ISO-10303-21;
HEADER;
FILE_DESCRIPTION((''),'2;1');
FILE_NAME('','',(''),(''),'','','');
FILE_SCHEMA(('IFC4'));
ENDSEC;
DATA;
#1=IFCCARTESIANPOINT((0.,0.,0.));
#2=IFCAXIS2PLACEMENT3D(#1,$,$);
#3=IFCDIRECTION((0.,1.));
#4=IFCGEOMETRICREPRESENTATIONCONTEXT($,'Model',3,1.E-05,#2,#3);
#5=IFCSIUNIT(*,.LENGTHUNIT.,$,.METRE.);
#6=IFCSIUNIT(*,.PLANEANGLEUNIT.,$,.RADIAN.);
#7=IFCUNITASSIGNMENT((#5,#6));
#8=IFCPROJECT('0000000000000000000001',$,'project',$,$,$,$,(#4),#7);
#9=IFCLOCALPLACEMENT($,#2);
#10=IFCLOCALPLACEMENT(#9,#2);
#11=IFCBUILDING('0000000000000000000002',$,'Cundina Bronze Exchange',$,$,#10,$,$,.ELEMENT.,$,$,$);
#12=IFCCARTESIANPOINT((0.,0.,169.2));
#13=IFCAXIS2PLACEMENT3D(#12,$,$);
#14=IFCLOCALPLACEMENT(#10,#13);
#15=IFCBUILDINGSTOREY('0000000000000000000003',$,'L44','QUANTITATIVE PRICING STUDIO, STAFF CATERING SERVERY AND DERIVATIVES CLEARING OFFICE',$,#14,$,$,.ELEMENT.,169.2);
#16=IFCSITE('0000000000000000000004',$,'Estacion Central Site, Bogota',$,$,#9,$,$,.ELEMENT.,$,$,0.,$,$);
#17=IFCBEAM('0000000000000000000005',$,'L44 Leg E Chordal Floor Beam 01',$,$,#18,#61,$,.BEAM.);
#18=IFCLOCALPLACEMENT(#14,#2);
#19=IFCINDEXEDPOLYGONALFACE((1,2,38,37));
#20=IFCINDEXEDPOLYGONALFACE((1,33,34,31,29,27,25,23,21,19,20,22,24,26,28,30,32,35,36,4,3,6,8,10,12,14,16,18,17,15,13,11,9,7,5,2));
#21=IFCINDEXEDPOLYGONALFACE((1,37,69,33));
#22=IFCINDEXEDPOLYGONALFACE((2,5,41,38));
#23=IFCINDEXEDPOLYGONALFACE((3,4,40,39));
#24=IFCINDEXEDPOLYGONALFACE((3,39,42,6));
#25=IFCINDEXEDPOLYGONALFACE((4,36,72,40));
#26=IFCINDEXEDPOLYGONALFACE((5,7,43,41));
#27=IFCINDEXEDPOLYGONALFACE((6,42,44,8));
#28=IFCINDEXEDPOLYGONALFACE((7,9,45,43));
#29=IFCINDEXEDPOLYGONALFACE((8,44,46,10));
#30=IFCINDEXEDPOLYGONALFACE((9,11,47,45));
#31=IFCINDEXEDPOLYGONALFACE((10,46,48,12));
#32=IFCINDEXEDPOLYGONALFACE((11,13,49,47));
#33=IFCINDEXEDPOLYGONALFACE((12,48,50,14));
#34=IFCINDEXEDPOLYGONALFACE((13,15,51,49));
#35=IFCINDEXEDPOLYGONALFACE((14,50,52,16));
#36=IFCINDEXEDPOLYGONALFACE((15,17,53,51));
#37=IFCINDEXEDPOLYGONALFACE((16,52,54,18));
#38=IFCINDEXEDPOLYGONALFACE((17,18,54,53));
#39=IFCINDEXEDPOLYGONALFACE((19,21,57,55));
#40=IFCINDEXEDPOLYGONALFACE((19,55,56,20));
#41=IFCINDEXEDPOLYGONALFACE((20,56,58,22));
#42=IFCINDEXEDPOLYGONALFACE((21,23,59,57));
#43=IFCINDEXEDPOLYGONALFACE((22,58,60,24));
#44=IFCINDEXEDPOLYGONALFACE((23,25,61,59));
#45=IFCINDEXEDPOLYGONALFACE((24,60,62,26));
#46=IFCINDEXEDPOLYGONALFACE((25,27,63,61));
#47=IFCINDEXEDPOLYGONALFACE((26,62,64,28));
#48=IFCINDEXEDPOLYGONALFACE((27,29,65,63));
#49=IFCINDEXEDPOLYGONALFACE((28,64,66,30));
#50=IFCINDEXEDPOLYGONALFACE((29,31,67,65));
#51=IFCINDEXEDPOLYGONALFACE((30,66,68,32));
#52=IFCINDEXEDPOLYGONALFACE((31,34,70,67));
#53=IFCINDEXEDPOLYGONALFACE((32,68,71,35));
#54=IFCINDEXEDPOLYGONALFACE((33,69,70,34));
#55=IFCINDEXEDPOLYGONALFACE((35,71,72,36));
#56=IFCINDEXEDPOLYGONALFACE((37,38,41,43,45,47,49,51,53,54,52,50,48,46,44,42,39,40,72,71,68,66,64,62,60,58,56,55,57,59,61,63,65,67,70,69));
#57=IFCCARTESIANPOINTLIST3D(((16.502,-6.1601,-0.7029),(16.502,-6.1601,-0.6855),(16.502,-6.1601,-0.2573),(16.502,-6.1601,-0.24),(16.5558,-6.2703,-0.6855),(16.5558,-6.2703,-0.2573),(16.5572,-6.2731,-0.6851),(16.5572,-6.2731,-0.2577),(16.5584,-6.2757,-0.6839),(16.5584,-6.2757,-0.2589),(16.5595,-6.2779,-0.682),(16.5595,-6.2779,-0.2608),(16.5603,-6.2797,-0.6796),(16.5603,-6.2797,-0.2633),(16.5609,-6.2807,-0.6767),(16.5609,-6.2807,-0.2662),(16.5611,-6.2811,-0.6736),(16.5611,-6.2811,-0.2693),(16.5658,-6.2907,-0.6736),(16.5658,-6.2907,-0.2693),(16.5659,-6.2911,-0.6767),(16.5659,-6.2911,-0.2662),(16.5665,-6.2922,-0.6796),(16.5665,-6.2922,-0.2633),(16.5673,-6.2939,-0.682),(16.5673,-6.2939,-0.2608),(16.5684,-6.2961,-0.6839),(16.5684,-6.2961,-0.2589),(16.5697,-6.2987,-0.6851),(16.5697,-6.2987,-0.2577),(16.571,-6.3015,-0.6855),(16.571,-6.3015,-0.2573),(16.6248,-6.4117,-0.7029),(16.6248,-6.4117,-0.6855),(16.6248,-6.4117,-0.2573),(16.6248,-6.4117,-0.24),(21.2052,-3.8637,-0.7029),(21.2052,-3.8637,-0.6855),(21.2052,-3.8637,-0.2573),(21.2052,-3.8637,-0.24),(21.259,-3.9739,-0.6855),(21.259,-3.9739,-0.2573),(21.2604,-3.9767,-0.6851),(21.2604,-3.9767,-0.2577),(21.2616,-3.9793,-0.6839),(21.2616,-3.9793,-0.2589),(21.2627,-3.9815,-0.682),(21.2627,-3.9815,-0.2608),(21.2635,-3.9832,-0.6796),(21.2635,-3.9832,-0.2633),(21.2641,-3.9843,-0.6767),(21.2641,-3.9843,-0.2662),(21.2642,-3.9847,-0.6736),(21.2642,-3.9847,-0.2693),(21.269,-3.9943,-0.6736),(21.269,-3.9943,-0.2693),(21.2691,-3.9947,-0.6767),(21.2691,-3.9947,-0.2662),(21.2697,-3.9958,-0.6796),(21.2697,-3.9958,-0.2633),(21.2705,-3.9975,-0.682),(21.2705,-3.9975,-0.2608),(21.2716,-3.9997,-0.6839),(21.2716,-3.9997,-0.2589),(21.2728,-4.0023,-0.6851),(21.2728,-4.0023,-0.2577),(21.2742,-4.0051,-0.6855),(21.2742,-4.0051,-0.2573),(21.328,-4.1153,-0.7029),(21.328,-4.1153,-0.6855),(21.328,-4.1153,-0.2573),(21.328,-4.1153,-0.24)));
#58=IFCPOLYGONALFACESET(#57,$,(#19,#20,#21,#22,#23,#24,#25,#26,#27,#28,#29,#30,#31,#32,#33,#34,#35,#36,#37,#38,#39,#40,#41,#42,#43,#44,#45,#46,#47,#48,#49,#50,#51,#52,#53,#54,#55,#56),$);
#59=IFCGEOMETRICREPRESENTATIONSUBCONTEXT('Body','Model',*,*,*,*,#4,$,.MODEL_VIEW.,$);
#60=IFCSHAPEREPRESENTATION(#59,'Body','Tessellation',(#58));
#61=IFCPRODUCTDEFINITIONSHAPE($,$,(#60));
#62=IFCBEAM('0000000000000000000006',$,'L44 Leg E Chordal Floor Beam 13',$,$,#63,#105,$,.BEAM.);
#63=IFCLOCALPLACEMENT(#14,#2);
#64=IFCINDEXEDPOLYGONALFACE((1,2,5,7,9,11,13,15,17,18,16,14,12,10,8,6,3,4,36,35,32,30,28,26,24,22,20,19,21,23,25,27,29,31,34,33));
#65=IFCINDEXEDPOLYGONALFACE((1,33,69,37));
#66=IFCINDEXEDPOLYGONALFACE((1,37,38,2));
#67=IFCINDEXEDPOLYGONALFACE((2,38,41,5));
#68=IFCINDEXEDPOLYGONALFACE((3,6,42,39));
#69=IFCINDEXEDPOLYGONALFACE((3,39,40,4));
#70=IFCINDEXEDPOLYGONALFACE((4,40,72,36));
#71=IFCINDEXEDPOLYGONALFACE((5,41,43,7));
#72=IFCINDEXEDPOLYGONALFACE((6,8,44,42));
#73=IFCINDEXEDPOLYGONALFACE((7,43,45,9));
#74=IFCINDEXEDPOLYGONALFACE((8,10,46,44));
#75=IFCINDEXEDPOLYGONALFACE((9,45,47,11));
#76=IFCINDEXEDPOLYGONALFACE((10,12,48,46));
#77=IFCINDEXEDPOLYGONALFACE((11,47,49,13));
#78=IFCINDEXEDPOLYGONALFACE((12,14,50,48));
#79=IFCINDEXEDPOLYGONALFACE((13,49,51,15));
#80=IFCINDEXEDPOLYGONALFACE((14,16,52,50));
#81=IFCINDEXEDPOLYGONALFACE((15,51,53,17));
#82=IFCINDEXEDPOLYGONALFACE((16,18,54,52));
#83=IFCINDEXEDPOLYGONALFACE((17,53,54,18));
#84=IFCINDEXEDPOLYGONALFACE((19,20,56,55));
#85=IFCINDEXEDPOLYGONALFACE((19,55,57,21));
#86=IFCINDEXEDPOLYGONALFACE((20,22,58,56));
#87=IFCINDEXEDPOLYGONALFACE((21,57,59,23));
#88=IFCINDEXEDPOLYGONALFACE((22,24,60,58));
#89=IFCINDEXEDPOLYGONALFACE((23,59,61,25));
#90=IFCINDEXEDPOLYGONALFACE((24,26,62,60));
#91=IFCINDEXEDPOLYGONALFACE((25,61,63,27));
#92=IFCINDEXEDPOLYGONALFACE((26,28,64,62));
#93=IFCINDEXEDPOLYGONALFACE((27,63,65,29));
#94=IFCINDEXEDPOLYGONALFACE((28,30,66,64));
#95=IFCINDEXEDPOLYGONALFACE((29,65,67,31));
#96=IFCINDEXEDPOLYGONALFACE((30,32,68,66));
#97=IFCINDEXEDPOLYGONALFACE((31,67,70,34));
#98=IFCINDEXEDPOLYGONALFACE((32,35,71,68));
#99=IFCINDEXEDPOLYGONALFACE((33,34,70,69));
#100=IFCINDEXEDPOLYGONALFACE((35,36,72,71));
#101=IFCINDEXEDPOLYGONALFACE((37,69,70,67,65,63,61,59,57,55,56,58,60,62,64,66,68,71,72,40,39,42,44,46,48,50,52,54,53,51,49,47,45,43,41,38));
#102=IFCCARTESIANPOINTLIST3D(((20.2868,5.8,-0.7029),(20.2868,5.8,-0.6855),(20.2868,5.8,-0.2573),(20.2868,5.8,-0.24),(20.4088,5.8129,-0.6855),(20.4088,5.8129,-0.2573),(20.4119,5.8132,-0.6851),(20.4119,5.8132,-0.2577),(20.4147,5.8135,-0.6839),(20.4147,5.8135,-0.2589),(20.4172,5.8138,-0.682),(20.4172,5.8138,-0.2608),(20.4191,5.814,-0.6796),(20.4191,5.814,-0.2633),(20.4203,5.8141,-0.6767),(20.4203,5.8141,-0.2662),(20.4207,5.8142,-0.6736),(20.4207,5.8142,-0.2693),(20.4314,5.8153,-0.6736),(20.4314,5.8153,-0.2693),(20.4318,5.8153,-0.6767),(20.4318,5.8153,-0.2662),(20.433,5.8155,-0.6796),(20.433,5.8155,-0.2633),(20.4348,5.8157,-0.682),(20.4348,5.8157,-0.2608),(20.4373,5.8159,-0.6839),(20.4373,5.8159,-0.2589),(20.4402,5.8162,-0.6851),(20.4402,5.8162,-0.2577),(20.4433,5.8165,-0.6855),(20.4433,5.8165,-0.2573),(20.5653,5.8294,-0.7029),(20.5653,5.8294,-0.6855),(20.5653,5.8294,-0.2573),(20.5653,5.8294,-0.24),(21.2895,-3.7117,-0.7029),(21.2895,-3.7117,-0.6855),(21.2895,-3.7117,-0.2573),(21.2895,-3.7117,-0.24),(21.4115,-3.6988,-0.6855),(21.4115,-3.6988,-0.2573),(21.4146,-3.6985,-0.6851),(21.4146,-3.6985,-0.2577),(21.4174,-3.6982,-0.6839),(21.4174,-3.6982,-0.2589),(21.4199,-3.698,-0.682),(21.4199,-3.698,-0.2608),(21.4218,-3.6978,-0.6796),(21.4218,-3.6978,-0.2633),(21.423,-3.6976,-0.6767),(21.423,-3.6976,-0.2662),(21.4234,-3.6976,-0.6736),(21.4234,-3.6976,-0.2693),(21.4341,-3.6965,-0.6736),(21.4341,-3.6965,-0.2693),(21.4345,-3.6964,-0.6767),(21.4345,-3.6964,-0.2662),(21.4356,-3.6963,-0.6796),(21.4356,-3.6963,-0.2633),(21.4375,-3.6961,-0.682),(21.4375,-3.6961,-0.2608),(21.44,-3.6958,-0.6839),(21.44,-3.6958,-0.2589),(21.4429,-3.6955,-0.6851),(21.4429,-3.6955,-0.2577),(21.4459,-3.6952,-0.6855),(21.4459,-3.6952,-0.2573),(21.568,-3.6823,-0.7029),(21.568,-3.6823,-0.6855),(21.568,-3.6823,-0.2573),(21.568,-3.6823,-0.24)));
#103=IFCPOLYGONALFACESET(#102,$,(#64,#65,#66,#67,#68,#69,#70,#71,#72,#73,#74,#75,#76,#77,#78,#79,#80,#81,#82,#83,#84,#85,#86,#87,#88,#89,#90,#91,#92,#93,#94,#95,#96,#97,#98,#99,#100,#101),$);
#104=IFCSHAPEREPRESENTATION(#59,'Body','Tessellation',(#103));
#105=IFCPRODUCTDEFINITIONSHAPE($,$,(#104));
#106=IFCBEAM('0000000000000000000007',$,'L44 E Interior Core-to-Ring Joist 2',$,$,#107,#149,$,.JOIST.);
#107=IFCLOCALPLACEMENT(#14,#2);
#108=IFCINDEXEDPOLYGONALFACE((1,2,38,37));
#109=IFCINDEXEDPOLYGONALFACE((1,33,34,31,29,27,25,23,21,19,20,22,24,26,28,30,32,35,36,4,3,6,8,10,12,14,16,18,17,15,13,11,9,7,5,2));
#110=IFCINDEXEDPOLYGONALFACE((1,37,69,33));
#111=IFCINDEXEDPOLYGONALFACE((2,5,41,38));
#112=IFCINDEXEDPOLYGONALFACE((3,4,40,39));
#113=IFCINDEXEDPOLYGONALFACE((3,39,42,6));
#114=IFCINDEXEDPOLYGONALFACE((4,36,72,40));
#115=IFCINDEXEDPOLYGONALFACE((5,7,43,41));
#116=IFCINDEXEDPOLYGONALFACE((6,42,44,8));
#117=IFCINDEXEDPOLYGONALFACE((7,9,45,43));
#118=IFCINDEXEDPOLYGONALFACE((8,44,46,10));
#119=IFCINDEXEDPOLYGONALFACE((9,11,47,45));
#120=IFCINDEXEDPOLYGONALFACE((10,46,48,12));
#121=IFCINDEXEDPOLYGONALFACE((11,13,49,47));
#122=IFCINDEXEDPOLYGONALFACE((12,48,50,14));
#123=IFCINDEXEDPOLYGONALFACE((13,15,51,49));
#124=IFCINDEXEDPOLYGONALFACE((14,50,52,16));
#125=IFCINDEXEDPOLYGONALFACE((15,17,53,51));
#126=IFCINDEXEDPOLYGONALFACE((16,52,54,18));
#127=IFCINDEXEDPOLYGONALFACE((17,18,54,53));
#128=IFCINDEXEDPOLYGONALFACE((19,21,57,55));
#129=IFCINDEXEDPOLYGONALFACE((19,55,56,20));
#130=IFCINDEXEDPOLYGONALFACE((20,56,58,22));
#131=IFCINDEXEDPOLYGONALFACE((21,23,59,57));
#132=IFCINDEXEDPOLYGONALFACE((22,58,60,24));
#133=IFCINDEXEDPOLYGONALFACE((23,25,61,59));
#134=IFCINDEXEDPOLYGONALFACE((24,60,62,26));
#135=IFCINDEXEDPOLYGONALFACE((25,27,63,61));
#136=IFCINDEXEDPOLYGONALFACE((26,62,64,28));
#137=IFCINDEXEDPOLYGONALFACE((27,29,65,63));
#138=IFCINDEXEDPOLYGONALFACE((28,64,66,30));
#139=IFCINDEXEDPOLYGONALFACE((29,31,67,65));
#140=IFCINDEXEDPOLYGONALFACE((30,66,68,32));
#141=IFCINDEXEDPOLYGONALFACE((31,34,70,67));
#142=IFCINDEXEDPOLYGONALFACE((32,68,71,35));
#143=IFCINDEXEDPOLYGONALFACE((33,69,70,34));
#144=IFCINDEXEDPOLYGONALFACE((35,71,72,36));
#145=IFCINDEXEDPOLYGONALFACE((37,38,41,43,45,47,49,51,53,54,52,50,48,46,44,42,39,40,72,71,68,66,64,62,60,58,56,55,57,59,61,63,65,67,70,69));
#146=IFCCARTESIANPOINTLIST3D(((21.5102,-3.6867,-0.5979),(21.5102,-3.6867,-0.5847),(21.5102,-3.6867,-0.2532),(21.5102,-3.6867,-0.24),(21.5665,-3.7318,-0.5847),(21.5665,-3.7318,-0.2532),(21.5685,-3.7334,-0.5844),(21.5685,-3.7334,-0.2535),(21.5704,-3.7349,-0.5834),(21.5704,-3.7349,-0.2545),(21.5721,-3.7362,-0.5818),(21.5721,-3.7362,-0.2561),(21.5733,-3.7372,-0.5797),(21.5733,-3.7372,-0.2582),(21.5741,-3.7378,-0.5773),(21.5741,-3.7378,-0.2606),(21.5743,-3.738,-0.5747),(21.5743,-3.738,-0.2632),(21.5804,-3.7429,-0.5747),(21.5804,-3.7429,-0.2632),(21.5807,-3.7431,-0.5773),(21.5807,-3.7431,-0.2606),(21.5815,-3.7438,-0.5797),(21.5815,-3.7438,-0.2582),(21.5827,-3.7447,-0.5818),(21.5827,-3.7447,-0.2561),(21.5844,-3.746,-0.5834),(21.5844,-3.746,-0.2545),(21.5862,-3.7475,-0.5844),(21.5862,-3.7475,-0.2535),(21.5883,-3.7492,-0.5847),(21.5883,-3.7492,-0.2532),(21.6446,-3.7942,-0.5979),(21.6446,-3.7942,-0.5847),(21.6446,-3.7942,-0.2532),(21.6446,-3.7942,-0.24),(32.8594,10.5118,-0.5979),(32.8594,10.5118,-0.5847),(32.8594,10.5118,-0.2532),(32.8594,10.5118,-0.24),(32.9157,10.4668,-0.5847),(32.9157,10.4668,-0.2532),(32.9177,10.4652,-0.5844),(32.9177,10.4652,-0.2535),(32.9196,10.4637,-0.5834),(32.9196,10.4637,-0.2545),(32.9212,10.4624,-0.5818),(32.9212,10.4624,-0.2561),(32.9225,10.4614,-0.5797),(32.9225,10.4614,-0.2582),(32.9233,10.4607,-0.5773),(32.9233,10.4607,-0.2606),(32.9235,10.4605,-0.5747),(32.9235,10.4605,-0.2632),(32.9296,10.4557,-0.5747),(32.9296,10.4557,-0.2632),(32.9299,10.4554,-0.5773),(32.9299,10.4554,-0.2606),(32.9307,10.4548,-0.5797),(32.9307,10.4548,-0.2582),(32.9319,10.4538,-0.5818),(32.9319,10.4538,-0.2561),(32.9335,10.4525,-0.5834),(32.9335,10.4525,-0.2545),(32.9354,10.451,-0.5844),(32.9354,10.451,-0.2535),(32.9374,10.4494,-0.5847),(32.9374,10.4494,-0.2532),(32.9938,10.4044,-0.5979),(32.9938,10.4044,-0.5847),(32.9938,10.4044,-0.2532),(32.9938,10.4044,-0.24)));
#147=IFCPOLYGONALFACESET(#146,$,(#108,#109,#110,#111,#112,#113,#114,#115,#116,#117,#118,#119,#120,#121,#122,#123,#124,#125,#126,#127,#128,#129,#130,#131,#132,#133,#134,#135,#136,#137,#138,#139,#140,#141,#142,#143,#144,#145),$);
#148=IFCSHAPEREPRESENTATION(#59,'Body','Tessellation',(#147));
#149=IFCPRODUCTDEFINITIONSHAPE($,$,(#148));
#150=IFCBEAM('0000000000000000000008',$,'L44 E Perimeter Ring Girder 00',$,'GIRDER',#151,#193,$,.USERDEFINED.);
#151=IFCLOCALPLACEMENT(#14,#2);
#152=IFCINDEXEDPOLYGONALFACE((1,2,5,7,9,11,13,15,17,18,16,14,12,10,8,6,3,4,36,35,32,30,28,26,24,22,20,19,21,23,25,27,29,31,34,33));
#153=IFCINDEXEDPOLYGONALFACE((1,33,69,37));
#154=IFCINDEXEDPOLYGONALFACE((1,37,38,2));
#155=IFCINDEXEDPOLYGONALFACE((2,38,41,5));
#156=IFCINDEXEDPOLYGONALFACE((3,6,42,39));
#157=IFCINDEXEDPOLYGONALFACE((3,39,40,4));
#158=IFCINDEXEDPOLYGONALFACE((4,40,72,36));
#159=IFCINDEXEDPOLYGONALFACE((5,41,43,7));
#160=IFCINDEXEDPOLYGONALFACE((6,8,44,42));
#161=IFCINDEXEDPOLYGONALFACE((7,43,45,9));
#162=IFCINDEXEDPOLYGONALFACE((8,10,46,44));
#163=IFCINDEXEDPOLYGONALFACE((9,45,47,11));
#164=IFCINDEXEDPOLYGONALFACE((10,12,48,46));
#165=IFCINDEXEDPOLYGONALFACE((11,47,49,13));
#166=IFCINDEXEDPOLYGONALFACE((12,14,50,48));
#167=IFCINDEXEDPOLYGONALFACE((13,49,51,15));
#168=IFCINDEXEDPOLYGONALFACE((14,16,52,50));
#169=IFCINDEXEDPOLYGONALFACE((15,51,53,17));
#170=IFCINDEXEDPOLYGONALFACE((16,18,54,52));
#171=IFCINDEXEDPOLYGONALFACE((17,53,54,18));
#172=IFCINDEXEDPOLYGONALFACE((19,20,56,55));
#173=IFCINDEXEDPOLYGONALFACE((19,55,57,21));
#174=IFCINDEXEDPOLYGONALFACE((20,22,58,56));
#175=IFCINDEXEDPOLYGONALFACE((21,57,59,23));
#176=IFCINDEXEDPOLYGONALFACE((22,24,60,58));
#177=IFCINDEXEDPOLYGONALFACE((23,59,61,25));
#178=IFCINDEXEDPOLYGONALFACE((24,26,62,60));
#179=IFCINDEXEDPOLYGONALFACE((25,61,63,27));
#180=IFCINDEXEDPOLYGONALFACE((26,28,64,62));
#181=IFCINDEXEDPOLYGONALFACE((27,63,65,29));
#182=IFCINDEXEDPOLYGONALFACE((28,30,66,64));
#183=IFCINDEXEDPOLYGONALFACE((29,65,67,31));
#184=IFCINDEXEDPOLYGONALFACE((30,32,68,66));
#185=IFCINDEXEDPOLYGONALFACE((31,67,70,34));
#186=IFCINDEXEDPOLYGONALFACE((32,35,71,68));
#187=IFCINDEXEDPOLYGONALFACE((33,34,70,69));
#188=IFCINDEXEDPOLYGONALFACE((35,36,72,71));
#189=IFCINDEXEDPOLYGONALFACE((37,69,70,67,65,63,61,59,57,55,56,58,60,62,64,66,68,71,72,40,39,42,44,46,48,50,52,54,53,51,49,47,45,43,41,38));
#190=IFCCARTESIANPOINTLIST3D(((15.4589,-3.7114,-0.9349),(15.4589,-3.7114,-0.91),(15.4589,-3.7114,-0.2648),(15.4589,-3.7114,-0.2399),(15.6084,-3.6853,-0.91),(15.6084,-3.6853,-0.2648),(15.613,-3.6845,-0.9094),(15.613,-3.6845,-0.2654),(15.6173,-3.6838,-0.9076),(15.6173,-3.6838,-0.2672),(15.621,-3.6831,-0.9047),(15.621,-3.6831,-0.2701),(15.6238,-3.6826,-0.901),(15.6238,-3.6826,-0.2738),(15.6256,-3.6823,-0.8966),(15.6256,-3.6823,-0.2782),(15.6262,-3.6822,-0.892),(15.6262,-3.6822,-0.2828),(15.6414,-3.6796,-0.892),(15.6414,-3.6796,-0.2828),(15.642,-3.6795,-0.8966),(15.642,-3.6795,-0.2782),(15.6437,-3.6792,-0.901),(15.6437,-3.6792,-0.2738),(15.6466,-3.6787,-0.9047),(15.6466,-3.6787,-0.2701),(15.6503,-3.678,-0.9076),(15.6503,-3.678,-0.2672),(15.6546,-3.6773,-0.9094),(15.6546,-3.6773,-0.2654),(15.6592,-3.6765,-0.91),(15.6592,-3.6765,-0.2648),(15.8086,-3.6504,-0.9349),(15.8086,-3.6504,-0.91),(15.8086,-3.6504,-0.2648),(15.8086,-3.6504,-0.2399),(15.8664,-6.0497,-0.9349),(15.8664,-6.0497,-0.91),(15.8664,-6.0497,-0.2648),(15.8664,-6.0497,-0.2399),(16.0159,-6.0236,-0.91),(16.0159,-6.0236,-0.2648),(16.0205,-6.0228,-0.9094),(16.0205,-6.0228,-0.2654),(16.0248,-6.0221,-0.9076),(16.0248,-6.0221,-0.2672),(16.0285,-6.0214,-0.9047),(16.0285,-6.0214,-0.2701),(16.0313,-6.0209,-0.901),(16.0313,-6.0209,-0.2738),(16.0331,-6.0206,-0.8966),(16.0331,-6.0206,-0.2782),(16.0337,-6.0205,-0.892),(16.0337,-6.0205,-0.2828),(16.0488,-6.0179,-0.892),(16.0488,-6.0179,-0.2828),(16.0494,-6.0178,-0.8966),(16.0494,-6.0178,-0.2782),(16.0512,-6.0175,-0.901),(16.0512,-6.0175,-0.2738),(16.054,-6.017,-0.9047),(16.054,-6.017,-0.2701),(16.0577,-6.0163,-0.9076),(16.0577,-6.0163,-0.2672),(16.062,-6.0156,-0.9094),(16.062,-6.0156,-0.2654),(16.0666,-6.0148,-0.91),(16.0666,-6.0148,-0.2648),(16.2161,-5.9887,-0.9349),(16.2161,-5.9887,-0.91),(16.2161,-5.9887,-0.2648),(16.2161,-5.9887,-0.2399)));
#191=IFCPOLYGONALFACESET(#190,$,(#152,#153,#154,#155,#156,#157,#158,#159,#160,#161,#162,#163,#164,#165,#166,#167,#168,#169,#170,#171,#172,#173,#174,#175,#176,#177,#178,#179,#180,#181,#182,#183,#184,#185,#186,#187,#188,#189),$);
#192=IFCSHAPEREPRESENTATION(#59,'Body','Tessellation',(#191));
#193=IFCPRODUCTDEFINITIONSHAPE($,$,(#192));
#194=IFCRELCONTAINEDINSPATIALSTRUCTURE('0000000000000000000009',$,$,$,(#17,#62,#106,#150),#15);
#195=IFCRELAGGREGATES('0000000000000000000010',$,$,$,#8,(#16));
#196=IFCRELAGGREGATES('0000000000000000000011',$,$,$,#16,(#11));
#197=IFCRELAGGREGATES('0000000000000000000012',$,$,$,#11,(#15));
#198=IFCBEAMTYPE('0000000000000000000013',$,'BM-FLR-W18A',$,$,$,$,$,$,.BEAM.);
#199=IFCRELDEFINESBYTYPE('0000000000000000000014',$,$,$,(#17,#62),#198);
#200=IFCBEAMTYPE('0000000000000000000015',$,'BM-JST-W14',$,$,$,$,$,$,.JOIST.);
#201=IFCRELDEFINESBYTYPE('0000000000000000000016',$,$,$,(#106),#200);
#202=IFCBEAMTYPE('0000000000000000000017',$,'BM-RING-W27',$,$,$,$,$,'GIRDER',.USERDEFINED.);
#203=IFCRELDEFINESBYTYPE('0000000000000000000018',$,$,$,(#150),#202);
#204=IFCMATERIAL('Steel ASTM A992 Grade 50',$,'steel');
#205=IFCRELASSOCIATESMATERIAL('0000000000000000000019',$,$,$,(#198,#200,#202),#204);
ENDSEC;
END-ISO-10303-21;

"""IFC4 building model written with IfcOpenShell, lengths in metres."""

from ifc_helpers import new_model, si_unit, direction, frame, origin, origin_2d, place, context, subcontext, project, spatial, i_section, extrude, material, material_profile, profile_set, type_object, element, save


model = new_model("IFC4")

# Units and contexts
model_context = context("Model", 3, precision=1e-05, world=origin(), true_north=direction((0.0, 1.0)))
body_context = subcontext(model_context, "Body", "Model", "MODEL_VIEW")
ifc_project = project(units=[si_unit("LENGTHUNIT", "METRE"), si_unit("PLANEANGLEUNIT", "RADIAN")], contexts=[model_context])

# Site, building, storey
site_placement = place(None, origin())
site = spatial("IfcSite", under=ifc_project, at=site_placement, Name="Estacion Central Site, Bogota", CompositionType="ELEMENT", RefElevation=0.0)
building_placement = place(site_placement, origin())
building = spatial("IfcBuilding", under=site, at=building_placement, Name="Cundina Bronze Exchange", CompositionType="ELEMENT")
storey_placement = place(building_placement, frame((0.0, 0.0, 169.2)))
storey = spatial("IfcBuildingStorey", under=building, at=storey_placement, Name="L44", Description="QUANTITATIVE PRICING STUDIO, STAFF CATERING SERVERY AND DERIVATIVES CLEARING OFFICE", CompositionType="ELEMENT", Elevation=169.2)

# Shared definitions
ifc_material_1 = material(Name="Steel ASTM A992 Grade 50", Category="steel")

# Beams
ifc_material_profile_1 = material_profile(ifc_material_1, i_section(OverallWidth=0.28, OverallDepth=0.4629, WebThickness=0.0107, FlangeThickness=0.0173, FilletRadius=0.012, at=origin_2d()), Name="W18X76", Category="steel")
ifc_profile_set_1 = profile_set([ifc_material_profile_1], Name="Steel ASTM A992 Grade 50")
beam_type_1 = type_object("IfcBeamType", Name="BM-FLR-W18A", PredefinedType="BEAM", material=ifc_profile_set_1)
beam_1_placement = place(storey_placement, frame((21.2666, -3.9895, -0.4714), z_axis=(-0.898604, -0.43876, 0.0), x_axis=(0.43876, -0.898604, 0.0)))
element("IfcBeam", 1, at=beam_1_placement, inside=storey, type_object=beam_type_1, Name="L44 Leg E Chordal Floor Beam 01", PredefinedType="BEAM", context=body_context, shape_type="SweptSolid", body=[
    extrude(i_section(OverallWidth=0.28, OverallDepth=0.4629, WebThickness=0.0107, FlangeThickness=0.0173, FilletRadius=0.012, at=origin_2d()), origin(), (0.0, 0.0, 1.0), 5.2339),
])
beam_2_placement = place(storey_placement, frame((21.4287, -3.697, -0.4714), z_axis=(-0.104835, 0.99449, 0.0), x_axis=(-0.99449, -0.104835, 0.0)))
element("IfcBeam", 2, at=beam_2_placement, inside=storey, type_object=beam_type_1, Name="L44 Leg E Chordal Floor Beam 13", PredefinedType="BEAM", context=body_context, shape_type="SweptSolid", body=[
    extrude(i_section(OverallWidth=0.28, OverallDepth=0.4629, WebThickness=0.0107, FlangeThickness=0.0173, FilletRadius=0.012, at=origin_2d()), origin(), (0.0, 0.0, 1.0), 9.5645),
])
ifc_material_profile_2 = material_profile(ifc_material_1, i_section(OverallWidth=0.1721, OverallDepth=0.3579, WebThickness=0.0078, FlangeThickness=0.0132, FilletRadius=0.01, at=origin_2d()), Name="W14X38", Category="steel")
ifc_profile_set_2 = profile_set([ifc_material_profile_2], Name="Steel ASTM A992 Grade 50")
beam_type_2 = type_object("IfcBeamType", Name="BM-JST-W14", PredefinedType="JOIST", material=ifc_profile_set_2)
beam_3_placement = place(storey_placement, frame((21.5774, -3.7405, -0.4189), z_axis=(0.624371, 0.781128, 0.0), x_axis=(-0.781128, 0.624371, 0.0)))
element("IfcBeam", 3, at=beam_3_placement, inside=storey, type_object=beam_type_2, Name="L44 E Interior Core-to-Ring Joist 2", PredefinedType="JOIST", context=body_context, shape_type="SweptSolid", body=[
    extrude(i_section(OverallWidth=0.1721, OverallDepth=0.3579, WebThickness=0.0078, FlangeThickness=0.0132, FilletRadius=0.01, at=origin_2d()), origin(), (0.0, 0.0, 1.0), 18.177),
])
ifc_material_profile_3 = material_profile(ifc_material_1, i_section(OverallWidth=0.355, OverallDepth=0.6951, WebThickness=0.0154, FlangeThickness=0.0249, FilletRadius=0.0181, at=origin_2d()), Name="W27X146", Category="steel")
ifc_profile_set_3 = profile_set([ifc_material_profile_3], Name="Steel ASTM A992 Grade 50")
beam_type_3 = type_object("IfcBeamType", Name="BM-RING-W27", ElementType="GIRDER", PredefinedType="USERDEFINED", material=ifc_profile_set_3)
beam_4_placement = place(storey_placement, frame((15.6338, -3.6809, -0.5874), z_axis=(0.171667, -0.985155, 0.0), x_axis=(0.985155, 0.171667, 0.0)))
element("IfcBeam", 4, at=beam_4_placement, inside=storey, type_object=beam_type_3, Name="L44 E Perimeter Ring Girder 00", ObjectType="GIRDER", PredefinedType="USERDEFINED", context=body_context, shape_type="SweptSolid", body=[
    extrude(i_section(OverallWidth=0.355, OverallDepth=0.6951, WebThickness=0.0154, FlangeThickness=0.0249, FilletRadius=0.0181, at=origin_2d()), origin(), (0.0, 0.0, 1.0), 2.3735),
])

save(model, "model.ifc")
